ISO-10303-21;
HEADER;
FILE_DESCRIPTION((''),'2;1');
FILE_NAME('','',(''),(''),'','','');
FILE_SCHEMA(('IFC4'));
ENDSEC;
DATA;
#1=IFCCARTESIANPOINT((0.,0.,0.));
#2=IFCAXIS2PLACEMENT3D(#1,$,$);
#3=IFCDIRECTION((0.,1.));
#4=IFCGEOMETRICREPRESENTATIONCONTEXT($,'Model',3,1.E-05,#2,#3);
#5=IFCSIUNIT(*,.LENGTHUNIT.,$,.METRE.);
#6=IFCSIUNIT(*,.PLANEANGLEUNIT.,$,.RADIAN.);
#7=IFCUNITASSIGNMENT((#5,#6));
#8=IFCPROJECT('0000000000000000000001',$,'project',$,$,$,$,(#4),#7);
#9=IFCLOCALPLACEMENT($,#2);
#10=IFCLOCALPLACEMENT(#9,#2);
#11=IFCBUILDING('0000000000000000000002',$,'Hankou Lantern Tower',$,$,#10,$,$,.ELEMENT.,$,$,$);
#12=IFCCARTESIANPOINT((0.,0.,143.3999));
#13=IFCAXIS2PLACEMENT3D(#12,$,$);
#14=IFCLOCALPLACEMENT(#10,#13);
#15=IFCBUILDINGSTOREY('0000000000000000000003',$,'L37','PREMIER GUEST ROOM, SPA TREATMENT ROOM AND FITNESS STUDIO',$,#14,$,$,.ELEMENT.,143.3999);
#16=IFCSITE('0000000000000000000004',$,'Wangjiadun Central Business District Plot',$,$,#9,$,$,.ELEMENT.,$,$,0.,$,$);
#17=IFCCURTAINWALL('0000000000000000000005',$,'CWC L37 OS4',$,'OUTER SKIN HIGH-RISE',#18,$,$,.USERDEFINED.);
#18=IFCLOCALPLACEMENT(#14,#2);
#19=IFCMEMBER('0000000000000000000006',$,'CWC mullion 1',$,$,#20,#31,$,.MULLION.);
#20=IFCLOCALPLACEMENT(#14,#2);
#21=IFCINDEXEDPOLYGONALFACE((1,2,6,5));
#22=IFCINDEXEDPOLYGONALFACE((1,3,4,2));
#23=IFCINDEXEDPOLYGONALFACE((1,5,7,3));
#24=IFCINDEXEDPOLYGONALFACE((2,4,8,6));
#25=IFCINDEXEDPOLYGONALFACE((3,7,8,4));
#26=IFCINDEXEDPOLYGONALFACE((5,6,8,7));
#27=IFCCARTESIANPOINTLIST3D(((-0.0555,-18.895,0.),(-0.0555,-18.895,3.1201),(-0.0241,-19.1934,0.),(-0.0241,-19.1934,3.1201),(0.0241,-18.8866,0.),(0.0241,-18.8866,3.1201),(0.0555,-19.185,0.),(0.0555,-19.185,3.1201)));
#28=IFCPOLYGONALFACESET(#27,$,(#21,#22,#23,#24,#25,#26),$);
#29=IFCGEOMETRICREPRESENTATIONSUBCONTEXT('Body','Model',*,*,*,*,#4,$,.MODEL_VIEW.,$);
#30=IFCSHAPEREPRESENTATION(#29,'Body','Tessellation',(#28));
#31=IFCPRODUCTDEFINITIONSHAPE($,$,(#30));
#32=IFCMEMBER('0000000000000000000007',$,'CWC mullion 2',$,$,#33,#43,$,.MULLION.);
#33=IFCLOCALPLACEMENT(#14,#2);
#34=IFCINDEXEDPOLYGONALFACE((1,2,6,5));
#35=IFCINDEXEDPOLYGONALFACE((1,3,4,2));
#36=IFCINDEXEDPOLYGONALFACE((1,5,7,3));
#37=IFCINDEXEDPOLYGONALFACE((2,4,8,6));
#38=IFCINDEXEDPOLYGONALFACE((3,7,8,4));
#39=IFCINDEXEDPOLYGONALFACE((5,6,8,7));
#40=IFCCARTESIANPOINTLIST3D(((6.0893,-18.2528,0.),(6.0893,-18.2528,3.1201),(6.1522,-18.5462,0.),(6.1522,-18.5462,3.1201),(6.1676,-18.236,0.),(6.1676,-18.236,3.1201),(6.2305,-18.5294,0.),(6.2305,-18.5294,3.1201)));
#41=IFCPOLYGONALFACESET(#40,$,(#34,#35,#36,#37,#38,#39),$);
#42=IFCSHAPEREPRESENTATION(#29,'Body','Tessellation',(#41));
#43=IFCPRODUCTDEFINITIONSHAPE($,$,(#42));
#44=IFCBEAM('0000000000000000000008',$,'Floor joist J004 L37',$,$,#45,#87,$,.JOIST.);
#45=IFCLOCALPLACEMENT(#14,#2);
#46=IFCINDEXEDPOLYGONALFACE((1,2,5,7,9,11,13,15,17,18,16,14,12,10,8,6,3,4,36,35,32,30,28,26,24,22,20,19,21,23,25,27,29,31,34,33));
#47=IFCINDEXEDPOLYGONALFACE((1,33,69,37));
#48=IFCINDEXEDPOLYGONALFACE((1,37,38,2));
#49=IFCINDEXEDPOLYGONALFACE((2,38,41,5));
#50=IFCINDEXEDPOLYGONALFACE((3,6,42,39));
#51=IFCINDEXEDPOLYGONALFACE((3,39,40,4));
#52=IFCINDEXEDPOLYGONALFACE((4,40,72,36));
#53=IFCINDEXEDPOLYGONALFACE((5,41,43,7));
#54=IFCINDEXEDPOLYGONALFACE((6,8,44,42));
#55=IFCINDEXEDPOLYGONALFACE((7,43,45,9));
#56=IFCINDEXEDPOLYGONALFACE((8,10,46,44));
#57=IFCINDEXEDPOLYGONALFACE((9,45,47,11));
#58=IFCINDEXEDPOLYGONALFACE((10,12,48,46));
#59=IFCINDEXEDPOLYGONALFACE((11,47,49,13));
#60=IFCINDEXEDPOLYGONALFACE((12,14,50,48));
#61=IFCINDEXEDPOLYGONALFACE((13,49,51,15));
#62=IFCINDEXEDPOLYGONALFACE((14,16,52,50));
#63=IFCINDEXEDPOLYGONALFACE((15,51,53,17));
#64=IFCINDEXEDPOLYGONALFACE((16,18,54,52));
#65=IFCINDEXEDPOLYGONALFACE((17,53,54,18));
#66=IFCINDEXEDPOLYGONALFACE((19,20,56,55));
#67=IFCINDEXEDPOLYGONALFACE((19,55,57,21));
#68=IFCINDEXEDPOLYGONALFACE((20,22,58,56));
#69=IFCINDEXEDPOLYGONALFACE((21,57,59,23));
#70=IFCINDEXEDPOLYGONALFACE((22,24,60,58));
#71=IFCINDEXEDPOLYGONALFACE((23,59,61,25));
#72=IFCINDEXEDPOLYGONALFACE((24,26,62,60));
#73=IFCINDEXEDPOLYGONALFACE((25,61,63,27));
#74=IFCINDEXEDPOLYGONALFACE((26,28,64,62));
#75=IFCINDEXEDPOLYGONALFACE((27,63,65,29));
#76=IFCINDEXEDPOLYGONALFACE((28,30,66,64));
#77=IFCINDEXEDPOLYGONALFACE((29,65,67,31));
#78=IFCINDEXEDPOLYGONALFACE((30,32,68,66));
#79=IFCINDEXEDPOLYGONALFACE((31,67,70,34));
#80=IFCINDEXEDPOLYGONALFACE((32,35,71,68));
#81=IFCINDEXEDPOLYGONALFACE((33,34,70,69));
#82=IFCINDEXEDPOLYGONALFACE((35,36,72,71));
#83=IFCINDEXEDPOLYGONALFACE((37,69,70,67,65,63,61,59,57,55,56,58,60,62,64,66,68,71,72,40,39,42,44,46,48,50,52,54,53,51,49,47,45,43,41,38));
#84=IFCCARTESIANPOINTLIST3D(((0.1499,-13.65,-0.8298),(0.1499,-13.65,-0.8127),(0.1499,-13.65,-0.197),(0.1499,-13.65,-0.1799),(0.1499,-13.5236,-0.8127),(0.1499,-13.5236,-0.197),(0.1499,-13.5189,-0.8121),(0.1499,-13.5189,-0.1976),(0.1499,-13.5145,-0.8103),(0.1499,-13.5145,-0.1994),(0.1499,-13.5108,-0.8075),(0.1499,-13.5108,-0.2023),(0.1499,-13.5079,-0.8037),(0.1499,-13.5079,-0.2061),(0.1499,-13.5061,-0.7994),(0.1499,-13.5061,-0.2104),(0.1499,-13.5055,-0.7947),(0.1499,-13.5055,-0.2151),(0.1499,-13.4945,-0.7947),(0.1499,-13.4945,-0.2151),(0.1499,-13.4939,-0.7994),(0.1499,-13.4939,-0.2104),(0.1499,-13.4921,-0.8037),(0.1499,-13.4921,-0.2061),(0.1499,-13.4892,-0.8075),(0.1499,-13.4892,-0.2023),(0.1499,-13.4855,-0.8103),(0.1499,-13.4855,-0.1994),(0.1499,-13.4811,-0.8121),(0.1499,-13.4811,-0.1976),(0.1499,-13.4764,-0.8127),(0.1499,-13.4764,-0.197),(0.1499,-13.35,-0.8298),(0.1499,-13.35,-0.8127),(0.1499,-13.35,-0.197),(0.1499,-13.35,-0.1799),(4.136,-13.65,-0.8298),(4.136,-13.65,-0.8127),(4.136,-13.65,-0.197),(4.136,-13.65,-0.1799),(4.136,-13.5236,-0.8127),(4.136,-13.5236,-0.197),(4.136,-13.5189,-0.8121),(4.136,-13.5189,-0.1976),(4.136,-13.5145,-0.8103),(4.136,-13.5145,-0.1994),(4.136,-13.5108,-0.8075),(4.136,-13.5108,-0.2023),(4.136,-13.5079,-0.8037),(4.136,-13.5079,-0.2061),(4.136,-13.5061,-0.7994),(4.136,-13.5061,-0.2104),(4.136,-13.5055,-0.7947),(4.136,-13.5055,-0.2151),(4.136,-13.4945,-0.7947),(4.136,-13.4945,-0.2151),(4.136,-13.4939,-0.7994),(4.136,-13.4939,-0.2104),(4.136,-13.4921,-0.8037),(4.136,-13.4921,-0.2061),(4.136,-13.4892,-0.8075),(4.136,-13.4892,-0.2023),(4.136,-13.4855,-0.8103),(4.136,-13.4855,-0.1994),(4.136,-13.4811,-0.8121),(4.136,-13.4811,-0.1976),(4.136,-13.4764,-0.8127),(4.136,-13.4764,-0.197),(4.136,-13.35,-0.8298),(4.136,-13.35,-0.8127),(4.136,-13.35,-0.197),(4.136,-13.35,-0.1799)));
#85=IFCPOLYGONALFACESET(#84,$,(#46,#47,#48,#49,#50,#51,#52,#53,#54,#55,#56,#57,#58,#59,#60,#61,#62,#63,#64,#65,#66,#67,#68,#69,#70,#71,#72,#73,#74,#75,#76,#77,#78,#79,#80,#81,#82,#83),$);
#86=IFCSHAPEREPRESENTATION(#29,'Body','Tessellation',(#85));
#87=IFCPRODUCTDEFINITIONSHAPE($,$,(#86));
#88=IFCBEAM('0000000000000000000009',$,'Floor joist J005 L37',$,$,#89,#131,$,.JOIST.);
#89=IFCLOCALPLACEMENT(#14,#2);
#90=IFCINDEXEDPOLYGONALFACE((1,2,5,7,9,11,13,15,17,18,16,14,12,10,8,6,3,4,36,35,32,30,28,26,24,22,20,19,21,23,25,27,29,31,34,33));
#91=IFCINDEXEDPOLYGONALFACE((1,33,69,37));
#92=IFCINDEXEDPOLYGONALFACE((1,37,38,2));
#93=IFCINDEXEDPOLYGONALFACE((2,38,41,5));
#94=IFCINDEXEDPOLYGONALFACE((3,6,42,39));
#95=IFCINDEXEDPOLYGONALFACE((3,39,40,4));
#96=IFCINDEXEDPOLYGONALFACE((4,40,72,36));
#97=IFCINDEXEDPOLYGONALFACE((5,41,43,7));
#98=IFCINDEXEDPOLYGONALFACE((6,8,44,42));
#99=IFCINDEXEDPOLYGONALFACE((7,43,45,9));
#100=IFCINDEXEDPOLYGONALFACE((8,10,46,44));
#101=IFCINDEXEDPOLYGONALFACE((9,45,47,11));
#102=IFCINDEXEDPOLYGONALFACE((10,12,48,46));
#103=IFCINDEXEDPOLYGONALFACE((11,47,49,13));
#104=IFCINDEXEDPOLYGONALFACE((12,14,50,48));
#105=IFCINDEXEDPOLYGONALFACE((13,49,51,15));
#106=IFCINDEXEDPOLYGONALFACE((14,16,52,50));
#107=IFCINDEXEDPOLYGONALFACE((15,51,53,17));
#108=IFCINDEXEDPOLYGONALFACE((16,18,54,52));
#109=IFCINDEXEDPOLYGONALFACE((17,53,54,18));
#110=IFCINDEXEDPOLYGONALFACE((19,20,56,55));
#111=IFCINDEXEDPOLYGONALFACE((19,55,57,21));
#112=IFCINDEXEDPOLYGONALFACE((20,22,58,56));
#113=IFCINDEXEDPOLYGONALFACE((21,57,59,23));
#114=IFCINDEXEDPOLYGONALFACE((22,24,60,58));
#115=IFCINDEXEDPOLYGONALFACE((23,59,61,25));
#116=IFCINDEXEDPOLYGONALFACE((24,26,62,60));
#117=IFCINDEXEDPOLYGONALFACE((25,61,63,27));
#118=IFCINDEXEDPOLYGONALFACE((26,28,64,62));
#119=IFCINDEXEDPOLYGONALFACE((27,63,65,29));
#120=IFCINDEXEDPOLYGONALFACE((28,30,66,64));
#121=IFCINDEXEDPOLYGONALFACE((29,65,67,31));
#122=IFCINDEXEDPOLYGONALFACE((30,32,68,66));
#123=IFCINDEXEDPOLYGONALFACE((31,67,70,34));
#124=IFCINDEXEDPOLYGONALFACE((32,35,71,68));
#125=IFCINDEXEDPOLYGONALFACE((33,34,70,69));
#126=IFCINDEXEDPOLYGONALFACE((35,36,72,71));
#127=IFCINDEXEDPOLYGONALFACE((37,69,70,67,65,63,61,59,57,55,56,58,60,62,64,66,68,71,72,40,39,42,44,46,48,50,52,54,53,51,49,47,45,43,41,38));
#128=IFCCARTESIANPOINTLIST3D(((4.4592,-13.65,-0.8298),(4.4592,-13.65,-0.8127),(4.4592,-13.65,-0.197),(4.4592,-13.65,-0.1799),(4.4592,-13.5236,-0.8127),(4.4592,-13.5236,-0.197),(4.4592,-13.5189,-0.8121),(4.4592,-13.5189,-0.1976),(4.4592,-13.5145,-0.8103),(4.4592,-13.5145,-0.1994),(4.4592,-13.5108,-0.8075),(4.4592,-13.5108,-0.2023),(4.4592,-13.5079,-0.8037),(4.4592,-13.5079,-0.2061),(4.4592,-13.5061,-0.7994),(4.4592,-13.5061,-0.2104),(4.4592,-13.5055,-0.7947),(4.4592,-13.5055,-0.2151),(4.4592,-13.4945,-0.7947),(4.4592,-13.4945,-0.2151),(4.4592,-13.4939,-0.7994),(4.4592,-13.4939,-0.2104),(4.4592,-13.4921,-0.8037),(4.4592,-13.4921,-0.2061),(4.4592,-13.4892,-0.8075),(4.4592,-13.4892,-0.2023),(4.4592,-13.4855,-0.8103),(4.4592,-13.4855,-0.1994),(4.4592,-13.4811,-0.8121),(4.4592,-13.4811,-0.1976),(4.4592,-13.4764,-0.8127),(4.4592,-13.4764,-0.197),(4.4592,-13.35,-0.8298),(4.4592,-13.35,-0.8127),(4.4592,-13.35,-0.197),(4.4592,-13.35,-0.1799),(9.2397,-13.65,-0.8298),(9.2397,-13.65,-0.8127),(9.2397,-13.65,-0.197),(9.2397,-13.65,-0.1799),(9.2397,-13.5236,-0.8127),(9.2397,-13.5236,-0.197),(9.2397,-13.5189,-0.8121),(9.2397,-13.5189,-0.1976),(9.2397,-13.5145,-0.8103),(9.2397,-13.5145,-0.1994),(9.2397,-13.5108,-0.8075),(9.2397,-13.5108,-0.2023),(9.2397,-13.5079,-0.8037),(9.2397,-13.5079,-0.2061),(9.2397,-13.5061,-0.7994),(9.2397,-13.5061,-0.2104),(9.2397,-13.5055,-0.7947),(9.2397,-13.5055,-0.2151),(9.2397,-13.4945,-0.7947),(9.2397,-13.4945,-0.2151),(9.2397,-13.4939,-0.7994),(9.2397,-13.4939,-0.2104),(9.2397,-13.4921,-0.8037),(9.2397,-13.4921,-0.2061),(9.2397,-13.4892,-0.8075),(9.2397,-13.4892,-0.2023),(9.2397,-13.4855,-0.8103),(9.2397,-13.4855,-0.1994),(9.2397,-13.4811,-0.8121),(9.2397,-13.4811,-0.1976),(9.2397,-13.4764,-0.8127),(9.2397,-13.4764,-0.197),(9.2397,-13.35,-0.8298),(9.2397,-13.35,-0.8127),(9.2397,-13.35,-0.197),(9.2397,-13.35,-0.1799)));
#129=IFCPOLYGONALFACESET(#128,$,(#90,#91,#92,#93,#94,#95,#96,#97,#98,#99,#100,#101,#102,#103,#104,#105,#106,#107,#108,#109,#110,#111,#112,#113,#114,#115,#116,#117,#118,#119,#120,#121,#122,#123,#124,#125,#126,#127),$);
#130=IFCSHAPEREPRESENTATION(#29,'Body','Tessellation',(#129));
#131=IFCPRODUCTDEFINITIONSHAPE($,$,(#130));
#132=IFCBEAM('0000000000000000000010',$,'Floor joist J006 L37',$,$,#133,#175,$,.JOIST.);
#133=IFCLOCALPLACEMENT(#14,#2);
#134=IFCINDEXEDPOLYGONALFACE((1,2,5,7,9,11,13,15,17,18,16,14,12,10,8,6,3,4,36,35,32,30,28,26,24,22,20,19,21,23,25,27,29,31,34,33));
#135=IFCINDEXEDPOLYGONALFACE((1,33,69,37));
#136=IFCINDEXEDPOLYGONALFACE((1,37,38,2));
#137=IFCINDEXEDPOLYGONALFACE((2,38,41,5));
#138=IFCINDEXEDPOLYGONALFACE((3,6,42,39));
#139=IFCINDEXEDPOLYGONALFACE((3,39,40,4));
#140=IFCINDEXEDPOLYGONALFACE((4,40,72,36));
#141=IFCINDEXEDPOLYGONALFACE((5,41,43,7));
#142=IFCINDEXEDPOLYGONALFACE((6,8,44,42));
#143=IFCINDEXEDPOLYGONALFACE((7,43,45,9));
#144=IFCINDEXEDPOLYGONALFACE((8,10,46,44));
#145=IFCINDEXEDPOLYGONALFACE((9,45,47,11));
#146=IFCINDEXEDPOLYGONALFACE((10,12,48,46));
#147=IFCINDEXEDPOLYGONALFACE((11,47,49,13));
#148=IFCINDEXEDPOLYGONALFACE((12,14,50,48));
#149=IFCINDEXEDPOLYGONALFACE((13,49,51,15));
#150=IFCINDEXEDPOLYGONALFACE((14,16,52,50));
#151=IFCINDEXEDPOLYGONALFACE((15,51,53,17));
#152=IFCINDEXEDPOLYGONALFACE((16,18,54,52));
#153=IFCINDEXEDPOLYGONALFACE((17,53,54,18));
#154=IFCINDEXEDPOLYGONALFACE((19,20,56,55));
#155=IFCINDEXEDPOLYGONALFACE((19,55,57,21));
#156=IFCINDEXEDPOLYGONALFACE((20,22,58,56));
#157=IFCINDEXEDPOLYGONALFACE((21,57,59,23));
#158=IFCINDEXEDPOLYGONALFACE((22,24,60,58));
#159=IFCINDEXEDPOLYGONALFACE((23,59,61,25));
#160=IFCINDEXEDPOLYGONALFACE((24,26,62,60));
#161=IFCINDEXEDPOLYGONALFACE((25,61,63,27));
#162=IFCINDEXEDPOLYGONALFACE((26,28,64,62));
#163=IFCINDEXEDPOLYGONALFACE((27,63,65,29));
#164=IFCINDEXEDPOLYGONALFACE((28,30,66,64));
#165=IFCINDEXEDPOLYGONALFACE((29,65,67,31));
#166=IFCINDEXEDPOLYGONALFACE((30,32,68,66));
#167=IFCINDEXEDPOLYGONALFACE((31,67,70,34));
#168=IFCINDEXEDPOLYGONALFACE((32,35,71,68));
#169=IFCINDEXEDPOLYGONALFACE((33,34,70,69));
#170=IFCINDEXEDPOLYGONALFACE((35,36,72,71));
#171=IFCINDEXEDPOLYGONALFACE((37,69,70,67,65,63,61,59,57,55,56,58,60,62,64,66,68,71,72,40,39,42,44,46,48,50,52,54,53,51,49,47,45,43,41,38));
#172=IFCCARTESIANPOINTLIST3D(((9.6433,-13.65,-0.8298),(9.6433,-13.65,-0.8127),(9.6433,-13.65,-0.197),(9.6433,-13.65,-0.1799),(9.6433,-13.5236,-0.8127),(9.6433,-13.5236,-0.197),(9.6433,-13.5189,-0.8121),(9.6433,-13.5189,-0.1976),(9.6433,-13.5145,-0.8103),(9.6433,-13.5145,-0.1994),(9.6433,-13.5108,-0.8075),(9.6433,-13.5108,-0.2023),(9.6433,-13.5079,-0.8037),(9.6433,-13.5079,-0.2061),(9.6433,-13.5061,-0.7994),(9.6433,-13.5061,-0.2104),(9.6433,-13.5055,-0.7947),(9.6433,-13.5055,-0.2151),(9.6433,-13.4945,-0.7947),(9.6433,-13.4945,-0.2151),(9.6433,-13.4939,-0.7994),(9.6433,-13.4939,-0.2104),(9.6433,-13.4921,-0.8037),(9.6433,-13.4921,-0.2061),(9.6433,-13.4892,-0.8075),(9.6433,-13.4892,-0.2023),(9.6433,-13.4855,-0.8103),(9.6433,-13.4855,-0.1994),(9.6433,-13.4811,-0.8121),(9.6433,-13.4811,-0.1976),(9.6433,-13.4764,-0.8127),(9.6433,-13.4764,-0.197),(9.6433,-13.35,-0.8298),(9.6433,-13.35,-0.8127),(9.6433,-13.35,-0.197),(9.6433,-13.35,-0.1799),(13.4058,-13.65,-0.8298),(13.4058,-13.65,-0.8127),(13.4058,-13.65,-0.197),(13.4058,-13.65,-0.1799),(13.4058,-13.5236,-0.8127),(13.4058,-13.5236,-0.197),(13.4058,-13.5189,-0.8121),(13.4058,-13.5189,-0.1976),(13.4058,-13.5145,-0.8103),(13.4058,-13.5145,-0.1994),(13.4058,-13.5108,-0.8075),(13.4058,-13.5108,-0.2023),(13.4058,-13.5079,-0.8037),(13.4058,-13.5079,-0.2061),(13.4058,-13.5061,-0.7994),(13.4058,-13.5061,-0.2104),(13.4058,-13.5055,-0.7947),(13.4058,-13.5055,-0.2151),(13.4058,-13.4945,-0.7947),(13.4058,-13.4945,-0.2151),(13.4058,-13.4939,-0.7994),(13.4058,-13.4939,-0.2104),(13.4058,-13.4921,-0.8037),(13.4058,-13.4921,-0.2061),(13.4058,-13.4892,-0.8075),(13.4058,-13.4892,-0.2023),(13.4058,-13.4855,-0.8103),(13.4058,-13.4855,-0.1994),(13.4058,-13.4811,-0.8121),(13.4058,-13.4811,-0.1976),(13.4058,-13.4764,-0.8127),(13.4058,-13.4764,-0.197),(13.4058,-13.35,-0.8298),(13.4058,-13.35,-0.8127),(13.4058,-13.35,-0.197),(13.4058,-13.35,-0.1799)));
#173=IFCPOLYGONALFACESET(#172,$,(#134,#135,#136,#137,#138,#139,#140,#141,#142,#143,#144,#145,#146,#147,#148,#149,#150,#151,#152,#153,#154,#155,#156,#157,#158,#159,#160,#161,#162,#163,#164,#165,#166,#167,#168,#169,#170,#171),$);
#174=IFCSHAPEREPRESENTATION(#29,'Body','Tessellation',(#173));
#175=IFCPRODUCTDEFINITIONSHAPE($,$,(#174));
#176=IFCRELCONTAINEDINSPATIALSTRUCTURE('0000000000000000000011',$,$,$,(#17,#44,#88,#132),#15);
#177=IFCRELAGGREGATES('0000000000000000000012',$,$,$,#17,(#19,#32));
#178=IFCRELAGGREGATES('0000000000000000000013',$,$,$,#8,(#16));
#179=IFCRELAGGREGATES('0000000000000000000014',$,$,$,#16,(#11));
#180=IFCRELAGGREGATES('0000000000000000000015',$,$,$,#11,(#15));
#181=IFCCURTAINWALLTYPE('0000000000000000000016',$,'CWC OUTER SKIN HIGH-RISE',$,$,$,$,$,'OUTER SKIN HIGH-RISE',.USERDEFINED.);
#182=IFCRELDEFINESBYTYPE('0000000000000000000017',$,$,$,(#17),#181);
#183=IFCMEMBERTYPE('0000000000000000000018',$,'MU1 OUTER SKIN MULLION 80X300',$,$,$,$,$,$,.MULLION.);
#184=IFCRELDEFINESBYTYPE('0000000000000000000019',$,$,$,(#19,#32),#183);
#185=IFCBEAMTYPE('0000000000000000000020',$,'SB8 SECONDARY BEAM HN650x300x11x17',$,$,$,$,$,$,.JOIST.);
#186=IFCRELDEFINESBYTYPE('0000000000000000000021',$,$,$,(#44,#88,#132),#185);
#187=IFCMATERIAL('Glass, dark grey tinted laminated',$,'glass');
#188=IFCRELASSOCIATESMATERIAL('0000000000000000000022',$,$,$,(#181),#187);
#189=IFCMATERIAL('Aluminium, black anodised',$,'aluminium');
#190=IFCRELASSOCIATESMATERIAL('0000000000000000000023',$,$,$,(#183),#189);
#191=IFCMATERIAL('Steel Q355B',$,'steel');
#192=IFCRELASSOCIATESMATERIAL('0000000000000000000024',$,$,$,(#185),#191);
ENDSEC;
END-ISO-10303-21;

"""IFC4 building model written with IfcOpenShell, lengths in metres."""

from ifc_helpers import new_model, si_unit, direction, frame, origin, origin_2d, place, context, subcontext, project, spatial, rectangle, i_section, extrude, material, material_profile, profile_set, type_object, element, aggregate, save


model = new_model("IFC4")

# Units and contexts
model_context = context("Model", 3, precision=1e-05, world=origin(), true_north=direction((0.0, 1.0)))
body_context = subcontext(model_context, "Body", "Model", "MODEL_VIEW")
ifc_project = project(units=[si_unit("LENGTHUNIT", "METRE"), si_unit("PLANEANGLEUNIT", "RADIAN")], contexts=[model_context])

# Site, building, storey
site_placement = place(None, origin())
site = spatial("IfcSite", under=ifc_project, at=site_placement, Name="Wangjiadun Central Business District Plot", CompositionType="ELEMENT", RefElevation=0.0)
building_placement = place(site_placement, origin())
building = spatial("IfcBuilding", under=site, at=building_placement, Name="Hankou Lantern Tower", CompositionType="ELEMENT")
storey_placement = place(building_placement, frame((0.0, 0.0, 143.3999)))
storey = spatial("IfcBuildingStorey", under=building, at=storey_placement, Name="L37", Description="PREMIER GUEST ROOM, SPA TREATMENT ROOM AND FITNESS STUDIO", CompositionType="ELEMENT", Elevation=143.3999)

# Curtain wall, members
ifc_material_1 = material(Name="Glass, dark grey tinted laminated", Category="glass")
curtain_wall_type = type_object("IfcCurtainWallType", Name="CWC OUTER SKIN HIGH-RISE", ElementType="OUTER SKIN HIGH-RISE", PredefinedType="USERDEFINED", material=ifc_material_1)
curtain_wall_1_placement = place(storey_placement, origin())
curtain_wall_1 = element("IfcCurtainWall", 1, at=curtain_wall_1_placement, inside=storey, type_object=curtain_wall_type, Name="CWC L37 OS4", ObjectType="OUTER SKIN HIGH-RISE", PredefinedType="USERDEFINED")
ifc_material_2 = material(Name="Aluminium, black anodised", Category="aluminium")
ifc_material_profile_1 = material_profile(ifc_material_2, rectangle(XDim=0.0801, YDim=0.3, at=origin_2d()), Name="MU1 80X300")
ifc_profile_set_1 = profile_set([ifc_material_profile_1], Name="Aluminium, black anodised")
member_type_1 = type_object("IfcMemberType", Name="MU1 OUTER SKIN MULLION 80X300", PredefinedType="MULLION", material=ifc_profile_set_1)
member_1_placement = place(storey_placement, frame((0.0, -19.04, 0.0), z_axis=(0.0, 0.0, 1.0), x_axis=(0.994499, 0.104743, 0.0)))
member_1 = element("IfcMember", 2, at=member_1_placement, type_object=member_type_1, Name="CWC mullion 1", PredefinedType="MULLION", context=body_context, shape_type="SweptSolid", body=[
    extrude(rectangle(XDim=0.0801, YDim=0.3, at=origin_2d()), origin(), (0.0, 0.0, 1.0), 3.1201),
])
member_2_placement = place(storey_placement, frame((6.1599, -18.3911, 0.0), z_axis=(0.0, 0.0, 1.0), x_axis=(0.977788, 0.209598, 0.0)))
member_2 = element("IfcMember", 3, at=member_2_placement, type_object=member_type_1, Name="CWC mullion 2", PredefinedType="MULLION", context=body_context, shape_type="SweptSolid", body=[
    extrude(rectangle(XDim=0.0801, YDim=0.3, at=origin_2d()), origin(), (0.0, 0.0, 1.0), 3.1201),
])

# Beams
ifc_material_3 = material(Name="Steel Q355B", Category="steel")
ifc_material_profile_2 = material_profile(ifc_material_3, i_section(OverallWidth=0.3, OverallDepth=0.6499, WebThickness=0.011, FlangeThickness=0.0171, FilletRadius=0.0181, at=origin_2d()), Name="HN650x300x11x17")
ifc_profile_set_2 = profile_set([ifc_material_profile_2], Name="Steel Q355B")
beam_type_1 = type_object("IfcBeamType", Name="SB8 SECONDARY BEAM HN650x300x11x17", PredefinedType="JOIST", material=ifc_profile_set_2)
beam_1_placement = place(storey_placement, frame((0.1499, -13.5, -0.5049), z_axis=(1.0, 0.0, 0.0), x_axis=(0.0, 1.0, 0.0)))
element("IfcBeam", 4, at=beam_1_placement, inside=storey, type_object=beam_type_1, Name="Floor joist J004 L37", PredefinedType="JOIST", context=body_context, shape_type="SweptSolid", body=[
    extrude(i_section(OverallWidth=0.3, OverallDepth=0.6499, WebThickness=0.011, FlangeThickness=0.0171, FilletRadius=0.0181, at=origin_2d()), origin(), (0.0, 0.0, 1.0), 3.9861),
])
beam_2_placement = place(storey_placement, frame((4.4592, -13.5, -0.5049), z_axis=(1.0, 0.0, 0.0), x_axis=(0.0, 1.0, 0.0)))
element("IfcBeam", 5, at=beam_2_placement, inside=storey, type_object=beam_type_1, Name="Floor joist J005 L37", PredefinedType="JOIST", context=body_context, shape_type="SweptSolid", body=[
    extrude(i_section(OverallWidth=0.3, OverallDepth=0.6499, WebThickness=0.011, FlangeThickness=0.0171, FilletRadius=0.0181, at=origin_2d()), origin(), (0.0, 0.0, 1.0), 4.7805),
])
beam_3_placement = place(storey_placement, frame((9.6433, -13.5, -0.5049), z_axis=(1.0, 0.0, 0.0), x_axis=(0.0, 1.0, 0.0)))
element("IfcBeam", 6, at=beam_3_placement, inside=storey, type_object=beam_type_1, Name="Floor joist J006 L37", PredefinedType="JOIST", context=body_context, shape_type="SweptSolid", body=[
    extrude(i_section(OverallWidth=0.3, OverallDepth=0.6499, WebThickness=0.011, FlangeThickness=0.0171, FilletRadius=0.0181, at=origin_2d()), origin(), (0.0, 0.0, 1.0), 3.7625),
])

aggregate(curtain_wall_1, [member_1, member_2])

save(model, "model.ifc")
